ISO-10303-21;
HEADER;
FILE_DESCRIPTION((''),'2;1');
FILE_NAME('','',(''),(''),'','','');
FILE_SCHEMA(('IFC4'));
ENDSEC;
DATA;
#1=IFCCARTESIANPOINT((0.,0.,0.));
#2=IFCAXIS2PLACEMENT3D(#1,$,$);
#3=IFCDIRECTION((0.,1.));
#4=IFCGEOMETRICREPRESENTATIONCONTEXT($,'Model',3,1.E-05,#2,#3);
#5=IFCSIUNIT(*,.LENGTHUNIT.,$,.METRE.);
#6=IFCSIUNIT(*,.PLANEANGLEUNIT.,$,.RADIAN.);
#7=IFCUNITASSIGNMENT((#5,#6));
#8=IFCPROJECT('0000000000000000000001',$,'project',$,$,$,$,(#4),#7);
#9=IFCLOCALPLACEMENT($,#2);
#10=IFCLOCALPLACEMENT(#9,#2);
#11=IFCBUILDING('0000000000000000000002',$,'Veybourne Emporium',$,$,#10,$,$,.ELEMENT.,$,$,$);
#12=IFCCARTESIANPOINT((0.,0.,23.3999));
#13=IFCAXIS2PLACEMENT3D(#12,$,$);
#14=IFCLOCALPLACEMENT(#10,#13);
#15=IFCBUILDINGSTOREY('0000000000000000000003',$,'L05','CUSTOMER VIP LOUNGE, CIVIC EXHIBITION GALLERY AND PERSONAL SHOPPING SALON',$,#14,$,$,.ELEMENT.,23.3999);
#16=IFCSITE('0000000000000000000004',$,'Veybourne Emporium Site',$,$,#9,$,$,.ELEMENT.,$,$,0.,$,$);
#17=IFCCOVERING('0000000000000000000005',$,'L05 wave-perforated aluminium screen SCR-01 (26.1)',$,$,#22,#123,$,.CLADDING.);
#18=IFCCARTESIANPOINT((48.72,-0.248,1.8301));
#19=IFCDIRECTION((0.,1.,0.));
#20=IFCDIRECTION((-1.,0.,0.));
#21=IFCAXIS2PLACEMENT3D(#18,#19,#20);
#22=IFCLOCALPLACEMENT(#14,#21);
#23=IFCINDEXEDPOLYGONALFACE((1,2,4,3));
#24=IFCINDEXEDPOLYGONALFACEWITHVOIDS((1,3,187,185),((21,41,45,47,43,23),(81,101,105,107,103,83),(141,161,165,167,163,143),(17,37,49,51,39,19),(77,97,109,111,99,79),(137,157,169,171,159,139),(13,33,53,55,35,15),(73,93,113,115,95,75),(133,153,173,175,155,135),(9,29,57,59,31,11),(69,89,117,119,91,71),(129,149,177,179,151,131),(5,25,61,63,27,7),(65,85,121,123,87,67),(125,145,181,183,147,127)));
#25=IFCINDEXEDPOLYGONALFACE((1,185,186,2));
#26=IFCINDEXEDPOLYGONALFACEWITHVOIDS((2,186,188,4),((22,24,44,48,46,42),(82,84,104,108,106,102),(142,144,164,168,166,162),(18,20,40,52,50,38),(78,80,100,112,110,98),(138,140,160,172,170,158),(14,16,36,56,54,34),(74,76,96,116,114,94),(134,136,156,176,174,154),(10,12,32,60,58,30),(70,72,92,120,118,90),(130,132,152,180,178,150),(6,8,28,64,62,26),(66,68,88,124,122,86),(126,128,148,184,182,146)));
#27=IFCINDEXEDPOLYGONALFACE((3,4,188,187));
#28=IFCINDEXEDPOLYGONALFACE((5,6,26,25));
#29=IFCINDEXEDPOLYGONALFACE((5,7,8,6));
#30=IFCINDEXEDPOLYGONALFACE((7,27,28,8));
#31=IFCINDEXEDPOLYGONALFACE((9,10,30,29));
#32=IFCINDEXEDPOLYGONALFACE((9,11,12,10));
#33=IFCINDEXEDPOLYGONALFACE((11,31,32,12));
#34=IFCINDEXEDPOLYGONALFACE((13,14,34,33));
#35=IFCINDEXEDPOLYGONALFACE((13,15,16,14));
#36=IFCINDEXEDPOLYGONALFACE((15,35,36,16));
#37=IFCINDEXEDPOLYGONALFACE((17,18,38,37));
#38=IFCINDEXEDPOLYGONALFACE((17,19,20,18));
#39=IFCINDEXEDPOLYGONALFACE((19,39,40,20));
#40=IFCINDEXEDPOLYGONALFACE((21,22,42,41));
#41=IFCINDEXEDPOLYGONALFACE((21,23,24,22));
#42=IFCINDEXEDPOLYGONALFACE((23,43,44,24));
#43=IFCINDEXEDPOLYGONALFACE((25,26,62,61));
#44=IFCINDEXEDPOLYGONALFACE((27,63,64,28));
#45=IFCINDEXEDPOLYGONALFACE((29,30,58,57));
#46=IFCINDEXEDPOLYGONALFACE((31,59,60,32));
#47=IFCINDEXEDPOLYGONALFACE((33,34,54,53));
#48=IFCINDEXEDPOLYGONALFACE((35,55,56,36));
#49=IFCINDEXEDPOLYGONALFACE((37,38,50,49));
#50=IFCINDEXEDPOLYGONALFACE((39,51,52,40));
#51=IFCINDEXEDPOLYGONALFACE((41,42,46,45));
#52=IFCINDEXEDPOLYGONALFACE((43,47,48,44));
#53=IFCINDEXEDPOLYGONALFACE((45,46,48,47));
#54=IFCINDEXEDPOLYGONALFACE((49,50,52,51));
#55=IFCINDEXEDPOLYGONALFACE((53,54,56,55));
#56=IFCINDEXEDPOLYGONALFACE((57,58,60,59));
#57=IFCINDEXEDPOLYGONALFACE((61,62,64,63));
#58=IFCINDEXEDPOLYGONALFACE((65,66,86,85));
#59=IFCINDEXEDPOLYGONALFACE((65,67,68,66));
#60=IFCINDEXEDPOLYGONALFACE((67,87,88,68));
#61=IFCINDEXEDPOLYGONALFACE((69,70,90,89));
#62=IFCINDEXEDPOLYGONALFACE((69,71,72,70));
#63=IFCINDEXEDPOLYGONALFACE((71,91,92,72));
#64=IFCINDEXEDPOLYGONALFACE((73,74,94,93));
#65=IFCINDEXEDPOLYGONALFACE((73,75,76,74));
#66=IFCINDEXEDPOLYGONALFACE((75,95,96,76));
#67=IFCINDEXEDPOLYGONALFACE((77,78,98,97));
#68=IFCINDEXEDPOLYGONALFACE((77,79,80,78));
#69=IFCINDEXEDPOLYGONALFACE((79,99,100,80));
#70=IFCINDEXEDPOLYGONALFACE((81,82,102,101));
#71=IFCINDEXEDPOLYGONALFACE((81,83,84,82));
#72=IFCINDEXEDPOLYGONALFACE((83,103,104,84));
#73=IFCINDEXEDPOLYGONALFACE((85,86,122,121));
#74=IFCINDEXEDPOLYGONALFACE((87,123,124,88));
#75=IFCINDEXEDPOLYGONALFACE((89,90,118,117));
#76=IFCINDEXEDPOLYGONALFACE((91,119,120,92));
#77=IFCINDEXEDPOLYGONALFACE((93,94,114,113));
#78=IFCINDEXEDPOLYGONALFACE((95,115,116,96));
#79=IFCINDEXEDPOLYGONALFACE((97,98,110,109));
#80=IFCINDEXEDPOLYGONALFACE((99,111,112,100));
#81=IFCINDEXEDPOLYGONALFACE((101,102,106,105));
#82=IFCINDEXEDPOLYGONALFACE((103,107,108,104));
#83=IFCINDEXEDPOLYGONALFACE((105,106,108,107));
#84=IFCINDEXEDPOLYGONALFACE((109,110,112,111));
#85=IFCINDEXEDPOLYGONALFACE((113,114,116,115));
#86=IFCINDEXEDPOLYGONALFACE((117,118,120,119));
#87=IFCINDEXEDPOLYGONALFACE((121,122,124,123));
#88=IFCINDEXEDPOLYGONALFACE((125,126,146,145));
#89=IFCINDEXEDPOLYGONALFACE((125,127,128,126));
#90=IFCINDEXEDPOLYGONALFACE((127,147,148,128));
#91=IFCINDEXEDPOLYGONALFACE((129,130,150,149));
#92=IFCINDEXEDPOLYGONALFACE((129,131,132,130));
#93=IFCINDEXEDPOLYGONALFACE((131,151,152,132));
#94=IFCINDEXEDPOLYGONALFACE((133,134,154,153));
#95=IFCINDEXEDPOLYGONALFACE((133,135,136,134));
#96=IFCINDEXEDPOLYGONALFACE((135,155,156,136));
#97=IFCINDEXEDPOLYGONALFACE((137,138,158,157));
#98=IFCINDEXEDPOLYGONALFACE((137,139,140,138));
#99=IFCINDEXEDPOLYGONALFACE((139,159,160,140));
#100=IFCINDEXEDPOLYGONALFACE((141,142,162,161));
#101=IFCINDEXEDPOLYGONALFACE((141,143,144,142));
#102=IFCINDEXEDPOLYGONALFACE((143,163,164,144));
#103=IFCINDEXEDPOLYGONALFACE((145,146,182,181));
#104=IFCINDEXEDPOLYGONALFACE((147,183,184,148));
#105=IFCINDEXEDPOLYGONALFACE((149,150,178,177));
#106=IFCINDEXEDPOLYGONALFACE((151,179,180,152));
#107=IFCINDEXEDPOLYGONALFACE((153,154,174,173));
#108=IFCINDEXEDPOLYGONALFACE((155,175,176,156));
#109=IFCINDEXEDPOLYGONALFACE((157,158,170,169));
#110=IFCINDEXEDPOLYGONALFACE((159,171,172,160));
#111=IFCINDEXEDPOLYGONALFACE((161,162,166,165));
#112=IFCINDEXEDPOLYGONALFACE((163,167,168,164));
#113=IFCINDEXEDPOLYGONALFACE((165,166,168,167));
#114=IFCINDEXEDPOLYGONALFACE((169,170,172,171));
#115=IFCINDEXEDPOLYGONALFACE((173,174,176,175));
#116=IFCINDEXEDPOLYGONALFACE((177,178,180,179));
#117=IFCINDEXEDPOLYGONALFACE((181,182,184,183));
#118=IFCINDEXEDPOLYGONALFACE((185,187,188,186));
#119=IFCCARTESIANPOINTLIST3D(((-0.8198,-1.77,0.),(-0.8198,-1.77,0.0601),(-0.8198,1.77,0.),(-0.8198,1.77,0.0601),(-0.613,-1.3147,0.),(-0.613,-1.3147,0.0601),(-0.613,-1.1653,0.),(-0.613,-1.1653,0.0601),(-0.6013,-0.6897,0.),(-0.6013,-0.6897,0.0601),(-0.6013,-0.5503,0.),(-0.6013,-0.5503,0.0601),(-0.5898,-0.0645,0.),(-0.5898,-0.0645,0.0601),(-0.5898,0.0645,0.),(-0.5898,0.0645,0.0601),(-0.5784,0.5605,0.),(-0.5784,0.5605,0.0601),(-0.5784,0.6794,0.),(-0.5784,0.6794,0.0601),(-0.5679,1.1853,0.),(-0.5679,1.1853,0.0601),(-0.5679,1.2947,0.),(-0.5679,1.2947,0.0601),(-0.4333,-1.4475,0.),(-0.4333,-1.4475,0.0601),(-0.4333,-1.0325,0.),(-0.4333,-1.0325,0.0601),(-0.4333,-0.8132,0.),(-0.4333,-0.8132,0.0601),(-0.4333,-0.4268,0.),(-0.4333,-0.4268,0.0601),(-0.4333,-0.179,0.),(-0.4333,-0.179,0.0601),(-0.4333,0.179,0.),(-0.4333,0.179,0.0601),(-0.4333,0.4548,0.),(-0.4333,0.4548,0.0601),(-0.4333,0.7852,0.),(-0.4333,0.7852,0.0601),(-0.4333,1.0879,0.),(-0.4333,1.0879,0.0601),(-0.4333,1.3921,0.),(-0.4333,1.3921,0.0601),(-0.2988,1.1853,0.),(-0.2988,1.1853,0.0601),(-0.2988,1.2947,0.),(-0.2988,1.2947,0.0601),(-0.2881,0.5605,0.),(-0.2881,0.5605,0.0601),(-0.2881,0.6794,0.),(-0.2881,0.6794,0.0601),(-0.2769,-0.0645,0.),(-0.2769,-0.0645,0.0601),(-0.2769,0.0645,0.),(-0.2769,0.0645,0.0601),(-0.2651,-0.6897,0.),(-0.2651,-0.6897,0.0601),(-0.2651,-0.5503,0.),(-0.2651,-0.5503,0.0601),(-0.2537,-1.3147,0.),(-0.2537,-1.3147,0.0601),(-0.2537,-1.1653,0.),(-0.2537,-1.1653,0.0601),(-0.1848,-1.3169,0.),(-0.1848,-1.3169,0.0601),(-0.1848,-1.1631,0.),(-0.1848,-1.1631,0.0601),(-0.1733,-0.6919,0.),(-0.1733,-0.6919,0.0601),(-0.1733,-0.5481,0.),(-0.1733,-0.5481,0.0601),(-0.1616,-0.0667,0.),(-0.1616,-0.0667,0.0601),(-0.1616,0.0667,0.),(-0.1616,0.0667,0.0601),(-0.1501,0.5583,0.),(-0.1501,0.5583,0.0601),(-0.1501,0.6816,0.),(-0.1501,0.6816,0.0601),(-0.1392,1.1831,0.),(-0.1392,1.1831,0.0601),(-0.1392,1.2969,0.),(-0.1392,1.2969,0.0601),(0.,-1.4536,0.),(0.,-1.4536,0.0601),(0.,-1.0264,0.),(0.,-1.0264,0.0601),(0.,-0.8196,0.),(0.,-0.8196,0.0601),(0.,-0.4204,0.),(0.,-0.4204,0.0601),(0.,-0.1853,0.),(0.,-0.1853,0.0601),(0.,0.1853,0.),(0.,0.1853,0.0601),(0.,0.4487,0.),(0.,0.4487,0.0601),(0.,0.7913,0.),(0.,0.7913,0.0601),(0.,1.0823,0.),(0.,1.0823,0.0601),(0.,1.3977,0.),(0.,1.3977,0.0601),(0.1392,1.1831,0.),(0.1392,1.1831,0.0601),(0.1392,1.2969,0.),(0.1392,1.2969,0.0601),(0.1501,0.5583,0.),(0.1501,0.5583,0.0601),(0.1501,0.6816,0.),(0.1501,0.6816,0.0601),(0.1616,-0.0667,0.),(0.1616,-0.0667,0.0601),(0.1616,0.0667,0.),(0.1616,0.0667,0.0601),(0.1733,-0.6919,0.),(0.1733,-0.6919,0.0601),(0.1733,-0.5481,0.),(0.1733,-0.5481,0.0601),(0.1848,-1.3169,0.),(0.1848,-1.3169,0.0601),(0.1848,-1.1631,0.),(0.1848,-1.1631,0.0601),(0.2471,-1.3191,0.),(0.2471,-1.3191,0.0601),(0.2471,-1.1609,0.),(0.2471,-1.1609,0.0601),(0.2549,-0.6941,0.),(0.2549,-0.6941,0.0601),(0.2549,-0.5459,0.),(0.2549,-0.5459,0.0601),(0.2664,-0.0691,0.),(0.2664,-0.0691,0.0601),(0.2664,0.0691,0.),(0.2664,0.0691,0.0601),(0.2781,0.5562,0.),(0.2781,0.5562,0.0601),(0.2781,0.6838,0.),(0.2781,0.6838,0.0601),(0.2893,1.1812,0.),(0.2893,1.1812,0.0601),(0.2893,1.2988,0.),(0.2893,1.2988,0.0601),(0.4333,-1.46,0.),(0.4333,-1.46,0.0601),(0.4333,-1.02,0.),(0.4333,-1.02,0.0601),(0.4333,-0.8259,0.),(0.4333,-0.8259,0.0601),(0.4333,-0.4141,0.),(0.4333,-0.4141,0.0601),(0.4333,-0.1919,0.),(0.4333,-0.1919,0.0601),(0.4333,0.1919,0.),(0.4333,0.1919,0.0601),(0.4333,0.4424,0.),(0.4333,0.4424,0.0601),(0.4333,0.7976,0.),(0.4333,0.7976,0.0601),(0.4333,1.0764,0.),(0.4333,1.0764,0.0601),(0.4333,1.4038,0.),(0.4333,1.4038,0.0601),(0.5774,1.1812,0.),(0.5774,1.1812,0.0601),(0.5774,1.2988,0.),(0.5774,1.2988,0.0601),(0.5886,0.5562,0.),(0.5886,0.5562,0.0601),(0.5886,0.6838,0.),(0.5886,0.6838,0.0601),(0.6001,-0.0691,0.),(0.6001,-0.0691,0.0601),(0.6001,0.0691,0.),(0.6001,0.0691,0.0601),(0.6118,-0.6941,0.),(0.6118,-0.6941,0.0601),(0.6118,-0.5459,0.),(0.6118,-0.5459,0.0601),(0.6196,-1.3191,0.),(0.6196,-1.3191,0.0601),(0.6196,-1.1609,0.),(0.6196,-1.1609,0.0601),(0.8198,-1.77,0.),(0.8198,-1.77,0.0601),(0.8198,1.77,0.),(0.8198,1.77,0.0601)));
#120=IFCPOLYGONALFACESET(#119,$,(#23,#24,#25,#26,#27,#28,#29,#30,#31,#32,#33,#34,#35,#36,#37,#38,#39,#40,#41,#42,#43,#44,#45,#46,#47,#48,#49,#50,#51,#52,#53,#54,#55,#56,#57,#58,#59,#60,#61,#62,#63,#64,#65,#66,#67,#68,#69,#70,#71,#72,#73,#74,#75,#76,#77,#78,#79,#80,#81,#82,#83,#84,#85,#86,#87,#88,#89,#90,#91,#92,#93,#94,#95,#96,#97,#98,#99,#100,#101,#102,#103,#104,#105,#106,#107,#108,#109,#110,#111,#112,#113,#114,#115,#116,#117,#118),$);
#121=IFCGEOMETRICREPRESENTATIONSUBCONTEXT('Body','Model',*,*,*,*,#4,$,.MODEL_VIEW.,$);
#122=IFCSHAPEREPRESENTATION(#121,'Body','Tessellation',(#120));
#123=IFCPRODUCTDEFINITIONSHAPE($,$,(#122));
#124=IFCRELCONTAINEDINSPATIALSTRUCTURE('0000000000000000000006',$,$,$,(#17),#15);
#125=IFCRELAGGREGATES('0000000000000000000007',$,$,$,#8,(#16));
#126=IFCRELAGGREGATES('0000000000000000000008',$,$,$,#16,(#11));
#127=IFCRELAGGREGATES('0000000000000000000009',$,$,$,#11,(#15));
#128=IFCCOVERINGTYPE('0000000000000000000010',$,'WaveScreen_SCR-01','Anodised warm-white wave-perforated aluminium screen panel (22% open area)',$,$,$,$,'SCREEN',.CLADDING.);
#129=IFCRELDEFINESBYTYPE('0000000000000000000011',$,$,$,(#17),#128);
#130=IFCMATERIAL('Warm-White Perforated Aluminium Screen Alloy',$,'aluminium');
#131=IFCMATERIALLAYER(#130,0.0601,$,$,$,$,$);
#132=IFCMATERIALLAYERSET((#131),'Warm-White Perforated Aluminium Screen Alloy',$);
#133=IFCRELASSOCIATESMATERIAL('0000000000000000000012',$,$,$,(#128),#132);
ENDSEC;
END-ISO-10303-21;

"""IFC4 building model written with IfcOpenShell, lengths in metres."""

from ifc_helpers import new_model, si_unit, direction, frame, origin, place, context, subcontext, project, spatial, polyline, outline, extrude, material, layer, layer_set, type_object, element, save


model = new_model("IFC4")

# Units and contexts
model_context = context("Model", 3, precision=1e-05, world=origin(), true_north=direction((0.0, 1.0)))
body_context = subcontext(model_context, "Body", "Model", "MODEL_VIEW")
ifc_project = project(units=[si_unit("LENGTHUNIT", "METRE"), si_unit("PLANEANGLEUNIT", "RADIAN")], contexts=[model_context])

# Site, building, storey
site_placement = place(None, origin())
site = spatial("IfcSite", under=ifc_project, at=site_placement, Name="Veybourne Emporium Site", CompositionType="ELEMENT", RefElevation=0.0)
building_placement = place(site_placement, origin())
building = spatial("IfcBuilding", under=site, at=building_placement, Name="Veybourne Emporium", CompositionType="ELEMENT")
storey_placement = place(building_placement, frame((0.0, 0.0, 23.3999)))
storey = spatial("IfcBuildingStorey", under=building, at=storey_placement, Name="L05", Description="CUSTOMER VIP LOUNGE, CIVIC EXHIBITION GALLERY AND PERSONAL SHOPPING SALON", CompositionType="ELEMENT", Elevation=23.3999)

# Covering
ifc_material_1 = material(Name="Warm-White Perforated Aluminium Screen Alloy", Category="aluminium")
ifc_layer_1 = layer(ifc_material_1, 0.0601)
ifc_layer_set_1 = layer_set([ifc_layer_1], Name="Warm-White Perforated Aluminium Screen Alloy")
covering_type_1 = type_object("IfcCoveringType", Name="WaveScreen_SCR-01", Description="Anodised warm-white wave-perforated aluminium screen panel (22% open area)", ElementType="SCREEN", PredefinedType="CLADDING", material=ifc_layer_set_1)
covering_1_placement = place(storey_placement, frame((48.72, -0.248, 1.8301), z_axis=(0.0, 1.0, 0.0), x_axis=(-1.0, 0.0, 0.0)))
element("IfcCovering", 1, at=covering_1_placement, inside=storey, type_object=covering_type_1, Name="L05 wave-perforated aluminium screen SCR-01 (26.1)", PredefinedType="CLADDING", context=body_context, shape_type="SweptSolid", body=[
    extrude(outline(polyline([(-0.8198, -1.77), (0.8198, -1.77), (0.8198, 1.77), (-0.8198, 1.77), (-0.8198, -1.77)]), holes=[polyline([(-0.4333, -1.0325), (-0.2537, -1.1653), (-0.2537, -1.3147), (-0.4333, -1.4475), (-0.613, -1.3147), (-0.613, -1.1653), (-0.4333, -1.0325)]), polyline([(-0.4333, -0.4268), (-0.2651, -0.5503), (-0.2651, -0.6897), (-0.4333, -0.8132), (-0.6013, -0.6897), (-0.6013, -0.5503), (-0.4333, -0.4268)]), polyline([(-0.4333, 0.179), (-0.2769, 0.0645), (-0.2769, -0.0645), (-0.4333, -0.179), (-0.5898, -0.0645), (-0.5898, 0.0645), (-0.4333, 0.179)]), polyline([(-0.4333, 0.7852), (-0.2881, 0.6794), (-0.2881, 0.5605), (-0.4333, 0.4548), (-0.5784, 0.5605), (-0.5784, 0.6794), (-0.4333, 0.7852)]), polyline([(-0.4333, 1.3921), (-0.2988, 1.2947), (-0.2988, 1.1853), (-0.4333, 1.0879), (-0.5679, 1.1853), (-0.5679, 1.2947), (-0.4333, 1.3921)]), polyline([(0.0, -1.0264), (0.1848, -1.1631), (0.1848, -1.3169), (0.0, -1.4536), (-0.1848, -1.3169), (-0.1848, -1.1631), (0.0, -1.0264)]), polyline([(0.0, -0.4204), (0.1733, -0.5481), (0.1733, -0.6919), (0.0, -0.8196), (-0.1733, -0.6919), (-0.1733, -0.5481), (0.0, -0.4204)]), polyline([(0.0, 0.1853), (0.1616, 0.0667), (0.1616, -0.0667), (0.0, -0.1853), (-0.1616, -0.0667), (-0.1616, 0.0667), (0.0, 0.1853)]), polyline([(0.0, 0.7913), (0.1501, 0.6816), (0.1501, 0.5583), (0.0, 0.4487), (-0.1501, 0.5583), (-0.1501, 0.6816), (0.0, 0.7913)]), polyline([(0.0, 1.3977), (0.1392, 1.2969), (0.1392, 1.1831), (0.0, 1.0823), (-0.1392, 1.1831), (-0.1392, 1.2969), (0.0, 1.3977)]), polyline([(0.4333, -1.02), (0.6196, -1.1609), (0.6196, -1.3191), (0.4333, -1.46), (0.2471, -1.3191), (0.2471, -1.1609), (0.4333, -1.02)]), polyline([(0.4333, -0.4141), (0.6118, -0.5459), (0.6118, -0.6941), (0.4333, -0.8259), (0.2549, -0.6941), (0.2549, -0.5459), (0.4333, -0.4141)]), polyline([(0.4333, 0.1919), (0.6001, 0.0691), (0.6001, -0.0691), (0.4333, -0.1919), (0.2664, -0.0691), (0.2664, 0.0691), (0.4333, 0.1919)]), polyline([(0.4333, 0.7976), (0.5886, 0.6838), (0.5886, 0.5562), (0.4333, 0.4424), (0.2781, 0.5562), (0.2781, 0.6838), (0.4333, 0.7976)]), polyline([(0.4333, 1.4038), (0.5774, 1.2988), (0.5774, 1.1812), (0.4333, 1.0764), (0.2893, 1.1812), (0.2893, 1.2988), (0.4333, 1.4038)])]), origin(), (0.0, 0.0, 1.0), 0.0601),
])

save(model, "model.ifc")
